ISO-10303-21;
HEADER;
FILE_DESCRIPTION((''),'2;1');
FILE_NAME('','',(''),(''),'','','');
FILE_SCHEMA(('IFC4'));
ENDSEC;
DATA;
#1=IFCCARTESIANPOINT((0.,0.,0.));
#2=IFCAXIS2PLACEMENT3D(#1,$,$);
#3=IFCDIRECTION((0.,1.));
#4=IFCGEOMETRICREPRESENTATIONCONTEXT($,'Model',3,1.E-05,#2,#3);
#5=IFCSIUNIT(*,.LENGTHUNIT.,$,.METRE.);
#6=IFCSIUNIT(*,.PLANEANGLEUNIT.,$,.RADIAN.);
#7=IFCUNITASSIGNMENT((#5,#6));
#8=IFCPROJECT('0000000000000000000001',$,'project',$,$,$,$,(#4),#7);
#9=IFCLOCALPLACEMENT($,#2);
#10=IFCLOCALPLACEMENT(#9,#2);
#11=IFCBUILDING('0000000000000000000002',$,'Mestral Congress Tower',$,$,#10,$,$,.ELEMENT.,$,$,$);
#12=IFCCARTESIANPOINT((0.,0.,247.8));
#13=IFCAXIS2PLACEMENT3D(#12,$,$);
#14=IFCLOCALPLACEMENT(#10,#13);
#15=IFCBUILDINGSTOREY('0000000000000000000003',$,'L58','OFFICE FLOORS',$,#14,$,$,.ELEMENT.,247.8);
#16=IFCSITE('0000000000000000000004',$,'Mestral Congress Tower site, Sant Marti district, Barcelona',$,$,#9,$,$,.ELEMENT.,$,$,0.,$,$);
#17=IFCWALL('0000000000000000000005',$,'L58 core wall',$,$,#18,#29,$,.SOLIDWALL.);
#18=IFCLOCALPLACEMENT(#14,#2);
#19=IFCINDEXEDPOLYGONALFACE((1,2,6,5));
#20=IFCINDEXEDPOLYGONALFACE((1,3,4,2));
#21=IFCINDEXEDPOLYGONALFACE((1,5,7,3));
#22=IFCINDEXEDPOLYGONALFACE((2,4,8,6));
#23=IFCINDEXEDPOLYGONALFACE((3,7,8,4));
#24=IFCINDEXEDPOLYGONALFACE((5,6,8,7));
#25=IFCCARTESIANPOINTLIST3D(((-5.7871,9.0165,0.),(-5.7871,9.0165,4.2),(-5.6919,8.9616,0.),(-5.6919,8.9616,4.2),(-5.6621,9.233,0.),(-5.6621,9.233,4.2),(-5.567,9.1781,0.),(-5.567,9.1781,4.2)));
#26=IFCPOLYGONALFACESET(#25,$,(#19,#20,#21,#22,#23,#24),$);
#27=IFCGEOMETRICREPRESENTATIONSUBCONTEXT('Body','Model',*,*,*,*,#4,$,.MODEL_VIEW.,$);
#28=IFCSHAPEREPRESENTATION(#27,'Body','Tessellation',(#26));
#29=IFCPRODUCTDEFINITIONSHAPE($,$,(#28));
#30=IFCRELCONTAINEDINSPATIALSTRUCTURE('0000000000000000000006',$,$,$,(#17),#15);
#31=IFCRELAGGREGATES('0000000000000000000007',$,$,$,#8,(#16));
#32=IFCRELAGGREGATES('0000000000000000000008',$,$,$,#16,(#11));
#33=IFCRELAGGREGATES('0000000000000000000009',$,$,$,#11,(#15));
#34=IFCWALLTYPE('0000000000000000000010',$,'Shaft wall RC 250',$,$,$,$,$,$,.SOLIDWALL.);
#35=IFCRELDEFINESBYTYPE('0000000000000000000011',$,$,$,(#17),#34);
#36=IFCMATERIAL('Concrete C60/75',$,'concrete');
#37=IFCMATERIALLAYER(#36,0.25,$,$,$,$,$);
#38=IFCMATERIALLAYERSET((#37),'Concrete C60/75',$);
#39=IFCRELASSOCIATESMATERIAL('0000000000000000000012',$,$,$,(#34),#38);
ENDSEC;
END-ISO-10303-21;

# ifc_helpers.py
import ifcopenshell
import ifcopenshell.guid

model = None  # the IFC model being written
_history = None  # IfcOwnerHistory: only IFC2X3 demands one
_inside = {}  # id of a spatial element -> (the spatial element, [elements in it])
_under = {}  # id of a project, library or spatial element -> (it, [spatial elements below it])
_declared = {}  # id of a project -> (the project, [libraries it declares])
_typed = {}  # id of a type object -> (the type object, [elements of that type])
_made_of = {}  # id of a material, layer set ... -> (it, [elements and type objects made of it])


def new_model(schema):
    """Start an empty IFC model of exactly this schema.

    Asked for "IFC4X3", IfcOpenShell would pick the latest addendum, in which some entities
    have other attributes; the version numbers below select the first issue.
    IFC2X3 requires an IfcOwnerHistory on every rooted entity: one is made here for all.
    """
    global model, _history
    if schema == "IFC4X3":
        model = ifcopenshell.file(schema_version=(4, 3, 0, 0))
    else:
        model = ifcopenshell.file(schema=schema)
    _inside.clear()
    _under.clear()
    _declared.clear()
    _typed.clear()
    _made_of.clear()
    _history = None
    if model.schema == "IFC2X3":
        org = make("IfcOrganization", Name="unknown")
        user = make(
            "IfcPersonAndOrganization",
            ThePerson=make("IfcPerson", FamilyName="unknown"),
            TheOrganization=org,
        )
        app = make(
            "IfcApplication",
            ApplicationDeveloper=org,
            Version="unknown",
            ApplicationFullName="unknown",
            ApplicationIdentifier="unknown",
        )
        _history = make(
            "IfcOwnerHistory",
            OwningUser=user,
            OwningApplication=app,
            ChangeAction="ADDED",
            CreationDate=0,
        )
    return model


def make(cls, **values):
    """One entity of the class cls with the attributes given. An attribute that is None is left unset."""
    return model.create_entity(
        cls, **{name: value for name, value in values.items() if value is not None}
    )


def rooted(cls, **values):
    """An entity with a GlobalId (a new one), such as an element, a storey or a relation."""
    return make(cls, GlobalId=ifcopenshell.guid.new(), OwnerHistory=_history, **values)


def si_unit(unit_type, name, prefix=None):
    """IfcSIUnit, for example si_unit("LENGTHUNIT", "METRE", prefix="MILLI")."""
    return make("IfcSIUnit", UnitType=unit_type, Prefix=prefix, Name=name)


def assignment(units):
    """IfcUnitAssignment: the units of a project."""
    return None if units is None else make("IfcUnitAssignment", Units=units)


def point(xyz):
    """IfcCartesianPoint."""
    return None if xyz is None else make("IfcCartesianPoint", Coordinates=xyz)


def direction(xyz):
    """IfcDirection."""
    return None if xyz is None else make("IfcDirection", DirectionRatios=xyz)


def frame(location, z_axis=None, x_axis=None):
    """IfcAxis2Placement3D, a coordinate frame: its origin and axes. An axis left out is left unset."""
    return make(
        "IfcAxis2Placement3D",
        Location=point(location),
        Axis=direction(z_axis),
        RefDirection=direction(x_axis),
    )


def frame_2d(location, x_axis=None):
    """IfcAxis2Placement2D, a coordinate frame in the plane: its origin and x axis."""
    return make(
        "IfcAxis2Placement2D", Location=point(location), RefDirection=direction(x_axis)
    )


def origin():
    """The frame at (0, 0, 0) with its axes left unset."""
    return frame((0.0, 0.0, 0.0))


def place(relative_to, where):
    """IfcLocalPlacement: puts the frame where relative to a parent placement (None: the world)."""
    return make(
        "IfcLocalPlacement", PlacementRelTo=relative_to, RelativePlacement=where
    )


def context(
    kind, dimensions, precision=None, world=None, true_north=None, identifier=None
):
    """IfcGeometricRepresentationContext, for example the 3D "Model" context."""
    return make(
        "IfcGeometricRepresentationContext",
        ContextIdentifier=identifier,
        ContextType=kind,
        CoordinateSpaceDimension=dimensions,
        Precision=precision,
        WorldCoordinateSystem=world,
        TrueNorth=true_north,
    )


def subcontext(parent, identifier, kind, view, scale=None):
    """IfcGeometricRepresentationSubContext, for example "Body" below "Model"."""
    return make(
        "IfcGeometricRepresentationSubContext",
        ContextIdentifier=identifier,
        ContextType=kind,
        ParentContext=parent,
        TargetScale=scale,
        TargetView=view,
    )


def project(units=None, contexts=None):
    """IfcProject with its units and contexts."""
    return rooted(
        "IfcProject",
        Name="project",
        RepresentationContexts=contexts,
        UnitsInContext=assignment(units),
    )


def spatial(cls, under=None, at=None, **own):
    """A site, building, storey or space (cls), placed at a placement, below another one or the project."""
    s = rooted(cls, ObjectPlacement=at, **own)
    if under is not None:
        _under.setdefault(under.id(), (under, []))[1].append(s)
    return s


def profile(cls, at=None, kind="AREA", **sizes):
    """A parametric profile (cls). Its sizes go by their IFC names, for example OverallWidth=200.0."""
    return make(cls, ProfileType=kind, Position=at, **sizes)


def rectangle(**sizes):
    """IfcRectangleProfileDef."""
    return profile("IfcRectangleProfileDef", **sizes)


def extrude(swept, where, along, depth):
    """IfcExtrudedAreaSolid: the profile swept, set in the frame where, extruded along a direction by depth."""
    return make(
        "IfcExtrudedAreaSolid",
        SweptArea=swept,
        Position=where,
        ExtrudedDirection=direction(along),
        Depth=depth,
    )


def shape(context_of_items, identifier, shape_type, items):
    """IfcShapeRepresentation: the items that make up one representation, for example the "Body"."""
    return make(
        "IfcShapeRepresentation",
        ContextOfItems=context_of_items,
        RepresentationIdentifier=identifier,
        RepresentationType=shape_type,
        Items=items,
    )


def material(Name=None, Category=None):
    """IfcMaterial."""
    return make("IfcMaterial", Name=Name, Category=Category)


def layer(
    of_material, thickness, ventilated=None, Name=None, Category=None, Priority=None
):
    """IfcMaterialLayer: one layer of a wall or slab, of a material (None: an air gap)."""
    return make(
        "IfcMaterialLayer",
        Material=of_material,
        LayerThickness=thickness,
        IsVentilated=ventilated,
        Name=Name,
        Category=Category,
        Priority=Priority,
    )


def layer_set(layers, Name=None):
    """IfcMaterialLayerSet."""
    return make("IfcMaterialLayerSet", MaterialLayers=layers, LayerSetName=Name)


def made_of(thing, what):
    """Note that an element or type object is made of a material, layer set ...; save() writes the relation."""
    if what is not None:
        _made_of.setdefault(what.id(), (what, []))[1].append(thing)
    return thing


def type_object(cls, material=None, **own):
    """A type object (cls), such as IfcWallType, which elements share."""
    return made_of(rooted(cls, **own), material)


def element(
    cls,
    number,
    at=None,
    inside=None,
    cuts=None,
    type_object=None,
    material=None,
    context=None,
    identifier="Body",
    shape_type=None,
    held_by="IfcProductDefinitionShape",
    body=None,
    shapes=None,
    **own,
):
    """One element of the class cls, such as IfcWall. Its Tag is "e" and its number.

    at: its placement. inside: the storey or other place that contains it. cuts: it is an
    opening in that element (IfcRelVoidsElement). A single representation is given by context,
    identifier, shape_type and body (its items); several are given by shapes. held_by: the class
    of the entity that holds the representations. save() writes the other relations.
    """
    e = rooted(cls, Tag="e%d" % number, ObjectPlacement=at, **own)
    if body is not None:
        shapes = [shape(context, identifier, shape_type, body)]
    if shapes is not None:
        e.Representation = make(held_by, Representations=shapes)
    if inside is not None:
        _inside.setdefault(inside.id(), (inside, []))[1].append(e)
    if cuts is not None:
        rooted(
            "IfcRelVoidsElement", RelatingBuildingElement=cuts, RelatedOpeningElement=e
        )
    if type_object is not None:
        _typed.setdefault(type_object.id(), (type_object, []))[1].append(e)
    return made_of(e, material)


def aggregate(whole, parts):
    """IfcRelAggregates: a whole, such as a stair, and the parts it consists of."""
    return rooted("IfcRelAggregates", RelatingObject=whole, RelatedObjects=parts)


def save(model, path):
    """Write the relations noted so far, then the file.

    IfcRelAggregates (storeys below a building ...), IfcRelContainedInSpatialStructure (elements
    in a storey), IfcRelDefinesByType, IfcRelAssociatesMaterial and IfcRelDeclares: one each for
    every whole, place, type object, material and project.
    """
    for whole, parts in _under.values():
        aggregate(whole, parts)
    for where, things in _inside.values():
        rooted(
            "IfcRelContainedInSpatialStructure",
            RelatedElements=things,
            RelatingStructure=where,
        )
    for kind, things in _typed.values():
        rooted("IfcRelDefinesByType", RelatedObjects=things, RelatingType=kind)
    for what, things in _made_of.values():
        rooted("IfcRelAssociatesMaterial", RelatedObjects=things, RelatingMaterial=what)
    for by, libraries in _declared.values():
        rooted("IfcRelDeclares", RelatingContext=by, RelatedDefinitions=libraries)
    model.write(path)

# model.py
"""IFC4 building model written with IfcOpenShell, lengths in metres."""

from ifc_helpers import new_model, si_unit, direction, frame, frame_2d, origin, place, context, subcontext, project, spatial, rectangle, extrude, material, layer, layer_set, type_object, element, save


model = new_model("IFC4")

# Units and contexts
model_context = context("Model", 3, precision=1e-05, world=origin(), true_north=direction((0.0, 1.0)))
body_context = subcontext(model_context, "Body", "Model", "MODEL_VIEW")
ifc_project = project(units=[si_unit("LENGTHUNIT", "METRE"), si_unit("PLANEANGLEUNIT", "RADIAN")], contexts=[model_context])

# Site, building, storey
site_placement = place(None, origin())
site = spatial("IfcSite", under=ifc_project, at=site_placement, Name="Mestral Congress Tower site, Sant Marti district, Barcelona", CompositionType="ELEMENT", RefElevation=0.0)
building_placement = place(site_placement, origin())
building = spatial("IfcBuilding", under=site, at=building_placement, Name="Mestral Congress Tower", CompositionType="ELEMENT")
storey_placement = place(building_placement, frame((0.0, 0.0, 247.8)))
storey = spatial("IfcBuildingStorey", under=building, at=storey_placement, Name="L58", Description="OFFICE FLOORS", CompositionType="ELEMENT", Elevation=247.8)

# Shared definitions
ifc_material_1 = material(Name="Concrete C60/75", Category="concrete")

# Wall
ifc_layer_1 = layer(ifc_material_1, 0.25)
ifc_layer_set_1 = layer_set([ifc_layer_1], Name="Concrete C60/75")
wall_type_1 = type_object("IfcWallType", Name="Shaft wall RC 250", PredefinedType="SOLIDWALL", material=ifc_layer_set_1)
wall_1_placement = place(storey_placement, frame((-5.7246, 9.1248, 0.0), z_axis=(0.0, 0.0, 1.0), x_axis=(0.866186, -0.499722, 0.0)))
element("IfcWall", 1, at=wall_1_placement, inside=storey, type_object=wall_type_1, Name="L58 core wall", PredefinedType="SOLIDWALL", context=body_context, shape_type="SweptSolid", body=[
    extrude(rectangle(XDim=0.1099, YDim=0.25, at=frame_2d((0.0549, 0.0))), origin(), (0.0, 0.0, 1.0), 4.2),
])

save(model, "model.ifc")
